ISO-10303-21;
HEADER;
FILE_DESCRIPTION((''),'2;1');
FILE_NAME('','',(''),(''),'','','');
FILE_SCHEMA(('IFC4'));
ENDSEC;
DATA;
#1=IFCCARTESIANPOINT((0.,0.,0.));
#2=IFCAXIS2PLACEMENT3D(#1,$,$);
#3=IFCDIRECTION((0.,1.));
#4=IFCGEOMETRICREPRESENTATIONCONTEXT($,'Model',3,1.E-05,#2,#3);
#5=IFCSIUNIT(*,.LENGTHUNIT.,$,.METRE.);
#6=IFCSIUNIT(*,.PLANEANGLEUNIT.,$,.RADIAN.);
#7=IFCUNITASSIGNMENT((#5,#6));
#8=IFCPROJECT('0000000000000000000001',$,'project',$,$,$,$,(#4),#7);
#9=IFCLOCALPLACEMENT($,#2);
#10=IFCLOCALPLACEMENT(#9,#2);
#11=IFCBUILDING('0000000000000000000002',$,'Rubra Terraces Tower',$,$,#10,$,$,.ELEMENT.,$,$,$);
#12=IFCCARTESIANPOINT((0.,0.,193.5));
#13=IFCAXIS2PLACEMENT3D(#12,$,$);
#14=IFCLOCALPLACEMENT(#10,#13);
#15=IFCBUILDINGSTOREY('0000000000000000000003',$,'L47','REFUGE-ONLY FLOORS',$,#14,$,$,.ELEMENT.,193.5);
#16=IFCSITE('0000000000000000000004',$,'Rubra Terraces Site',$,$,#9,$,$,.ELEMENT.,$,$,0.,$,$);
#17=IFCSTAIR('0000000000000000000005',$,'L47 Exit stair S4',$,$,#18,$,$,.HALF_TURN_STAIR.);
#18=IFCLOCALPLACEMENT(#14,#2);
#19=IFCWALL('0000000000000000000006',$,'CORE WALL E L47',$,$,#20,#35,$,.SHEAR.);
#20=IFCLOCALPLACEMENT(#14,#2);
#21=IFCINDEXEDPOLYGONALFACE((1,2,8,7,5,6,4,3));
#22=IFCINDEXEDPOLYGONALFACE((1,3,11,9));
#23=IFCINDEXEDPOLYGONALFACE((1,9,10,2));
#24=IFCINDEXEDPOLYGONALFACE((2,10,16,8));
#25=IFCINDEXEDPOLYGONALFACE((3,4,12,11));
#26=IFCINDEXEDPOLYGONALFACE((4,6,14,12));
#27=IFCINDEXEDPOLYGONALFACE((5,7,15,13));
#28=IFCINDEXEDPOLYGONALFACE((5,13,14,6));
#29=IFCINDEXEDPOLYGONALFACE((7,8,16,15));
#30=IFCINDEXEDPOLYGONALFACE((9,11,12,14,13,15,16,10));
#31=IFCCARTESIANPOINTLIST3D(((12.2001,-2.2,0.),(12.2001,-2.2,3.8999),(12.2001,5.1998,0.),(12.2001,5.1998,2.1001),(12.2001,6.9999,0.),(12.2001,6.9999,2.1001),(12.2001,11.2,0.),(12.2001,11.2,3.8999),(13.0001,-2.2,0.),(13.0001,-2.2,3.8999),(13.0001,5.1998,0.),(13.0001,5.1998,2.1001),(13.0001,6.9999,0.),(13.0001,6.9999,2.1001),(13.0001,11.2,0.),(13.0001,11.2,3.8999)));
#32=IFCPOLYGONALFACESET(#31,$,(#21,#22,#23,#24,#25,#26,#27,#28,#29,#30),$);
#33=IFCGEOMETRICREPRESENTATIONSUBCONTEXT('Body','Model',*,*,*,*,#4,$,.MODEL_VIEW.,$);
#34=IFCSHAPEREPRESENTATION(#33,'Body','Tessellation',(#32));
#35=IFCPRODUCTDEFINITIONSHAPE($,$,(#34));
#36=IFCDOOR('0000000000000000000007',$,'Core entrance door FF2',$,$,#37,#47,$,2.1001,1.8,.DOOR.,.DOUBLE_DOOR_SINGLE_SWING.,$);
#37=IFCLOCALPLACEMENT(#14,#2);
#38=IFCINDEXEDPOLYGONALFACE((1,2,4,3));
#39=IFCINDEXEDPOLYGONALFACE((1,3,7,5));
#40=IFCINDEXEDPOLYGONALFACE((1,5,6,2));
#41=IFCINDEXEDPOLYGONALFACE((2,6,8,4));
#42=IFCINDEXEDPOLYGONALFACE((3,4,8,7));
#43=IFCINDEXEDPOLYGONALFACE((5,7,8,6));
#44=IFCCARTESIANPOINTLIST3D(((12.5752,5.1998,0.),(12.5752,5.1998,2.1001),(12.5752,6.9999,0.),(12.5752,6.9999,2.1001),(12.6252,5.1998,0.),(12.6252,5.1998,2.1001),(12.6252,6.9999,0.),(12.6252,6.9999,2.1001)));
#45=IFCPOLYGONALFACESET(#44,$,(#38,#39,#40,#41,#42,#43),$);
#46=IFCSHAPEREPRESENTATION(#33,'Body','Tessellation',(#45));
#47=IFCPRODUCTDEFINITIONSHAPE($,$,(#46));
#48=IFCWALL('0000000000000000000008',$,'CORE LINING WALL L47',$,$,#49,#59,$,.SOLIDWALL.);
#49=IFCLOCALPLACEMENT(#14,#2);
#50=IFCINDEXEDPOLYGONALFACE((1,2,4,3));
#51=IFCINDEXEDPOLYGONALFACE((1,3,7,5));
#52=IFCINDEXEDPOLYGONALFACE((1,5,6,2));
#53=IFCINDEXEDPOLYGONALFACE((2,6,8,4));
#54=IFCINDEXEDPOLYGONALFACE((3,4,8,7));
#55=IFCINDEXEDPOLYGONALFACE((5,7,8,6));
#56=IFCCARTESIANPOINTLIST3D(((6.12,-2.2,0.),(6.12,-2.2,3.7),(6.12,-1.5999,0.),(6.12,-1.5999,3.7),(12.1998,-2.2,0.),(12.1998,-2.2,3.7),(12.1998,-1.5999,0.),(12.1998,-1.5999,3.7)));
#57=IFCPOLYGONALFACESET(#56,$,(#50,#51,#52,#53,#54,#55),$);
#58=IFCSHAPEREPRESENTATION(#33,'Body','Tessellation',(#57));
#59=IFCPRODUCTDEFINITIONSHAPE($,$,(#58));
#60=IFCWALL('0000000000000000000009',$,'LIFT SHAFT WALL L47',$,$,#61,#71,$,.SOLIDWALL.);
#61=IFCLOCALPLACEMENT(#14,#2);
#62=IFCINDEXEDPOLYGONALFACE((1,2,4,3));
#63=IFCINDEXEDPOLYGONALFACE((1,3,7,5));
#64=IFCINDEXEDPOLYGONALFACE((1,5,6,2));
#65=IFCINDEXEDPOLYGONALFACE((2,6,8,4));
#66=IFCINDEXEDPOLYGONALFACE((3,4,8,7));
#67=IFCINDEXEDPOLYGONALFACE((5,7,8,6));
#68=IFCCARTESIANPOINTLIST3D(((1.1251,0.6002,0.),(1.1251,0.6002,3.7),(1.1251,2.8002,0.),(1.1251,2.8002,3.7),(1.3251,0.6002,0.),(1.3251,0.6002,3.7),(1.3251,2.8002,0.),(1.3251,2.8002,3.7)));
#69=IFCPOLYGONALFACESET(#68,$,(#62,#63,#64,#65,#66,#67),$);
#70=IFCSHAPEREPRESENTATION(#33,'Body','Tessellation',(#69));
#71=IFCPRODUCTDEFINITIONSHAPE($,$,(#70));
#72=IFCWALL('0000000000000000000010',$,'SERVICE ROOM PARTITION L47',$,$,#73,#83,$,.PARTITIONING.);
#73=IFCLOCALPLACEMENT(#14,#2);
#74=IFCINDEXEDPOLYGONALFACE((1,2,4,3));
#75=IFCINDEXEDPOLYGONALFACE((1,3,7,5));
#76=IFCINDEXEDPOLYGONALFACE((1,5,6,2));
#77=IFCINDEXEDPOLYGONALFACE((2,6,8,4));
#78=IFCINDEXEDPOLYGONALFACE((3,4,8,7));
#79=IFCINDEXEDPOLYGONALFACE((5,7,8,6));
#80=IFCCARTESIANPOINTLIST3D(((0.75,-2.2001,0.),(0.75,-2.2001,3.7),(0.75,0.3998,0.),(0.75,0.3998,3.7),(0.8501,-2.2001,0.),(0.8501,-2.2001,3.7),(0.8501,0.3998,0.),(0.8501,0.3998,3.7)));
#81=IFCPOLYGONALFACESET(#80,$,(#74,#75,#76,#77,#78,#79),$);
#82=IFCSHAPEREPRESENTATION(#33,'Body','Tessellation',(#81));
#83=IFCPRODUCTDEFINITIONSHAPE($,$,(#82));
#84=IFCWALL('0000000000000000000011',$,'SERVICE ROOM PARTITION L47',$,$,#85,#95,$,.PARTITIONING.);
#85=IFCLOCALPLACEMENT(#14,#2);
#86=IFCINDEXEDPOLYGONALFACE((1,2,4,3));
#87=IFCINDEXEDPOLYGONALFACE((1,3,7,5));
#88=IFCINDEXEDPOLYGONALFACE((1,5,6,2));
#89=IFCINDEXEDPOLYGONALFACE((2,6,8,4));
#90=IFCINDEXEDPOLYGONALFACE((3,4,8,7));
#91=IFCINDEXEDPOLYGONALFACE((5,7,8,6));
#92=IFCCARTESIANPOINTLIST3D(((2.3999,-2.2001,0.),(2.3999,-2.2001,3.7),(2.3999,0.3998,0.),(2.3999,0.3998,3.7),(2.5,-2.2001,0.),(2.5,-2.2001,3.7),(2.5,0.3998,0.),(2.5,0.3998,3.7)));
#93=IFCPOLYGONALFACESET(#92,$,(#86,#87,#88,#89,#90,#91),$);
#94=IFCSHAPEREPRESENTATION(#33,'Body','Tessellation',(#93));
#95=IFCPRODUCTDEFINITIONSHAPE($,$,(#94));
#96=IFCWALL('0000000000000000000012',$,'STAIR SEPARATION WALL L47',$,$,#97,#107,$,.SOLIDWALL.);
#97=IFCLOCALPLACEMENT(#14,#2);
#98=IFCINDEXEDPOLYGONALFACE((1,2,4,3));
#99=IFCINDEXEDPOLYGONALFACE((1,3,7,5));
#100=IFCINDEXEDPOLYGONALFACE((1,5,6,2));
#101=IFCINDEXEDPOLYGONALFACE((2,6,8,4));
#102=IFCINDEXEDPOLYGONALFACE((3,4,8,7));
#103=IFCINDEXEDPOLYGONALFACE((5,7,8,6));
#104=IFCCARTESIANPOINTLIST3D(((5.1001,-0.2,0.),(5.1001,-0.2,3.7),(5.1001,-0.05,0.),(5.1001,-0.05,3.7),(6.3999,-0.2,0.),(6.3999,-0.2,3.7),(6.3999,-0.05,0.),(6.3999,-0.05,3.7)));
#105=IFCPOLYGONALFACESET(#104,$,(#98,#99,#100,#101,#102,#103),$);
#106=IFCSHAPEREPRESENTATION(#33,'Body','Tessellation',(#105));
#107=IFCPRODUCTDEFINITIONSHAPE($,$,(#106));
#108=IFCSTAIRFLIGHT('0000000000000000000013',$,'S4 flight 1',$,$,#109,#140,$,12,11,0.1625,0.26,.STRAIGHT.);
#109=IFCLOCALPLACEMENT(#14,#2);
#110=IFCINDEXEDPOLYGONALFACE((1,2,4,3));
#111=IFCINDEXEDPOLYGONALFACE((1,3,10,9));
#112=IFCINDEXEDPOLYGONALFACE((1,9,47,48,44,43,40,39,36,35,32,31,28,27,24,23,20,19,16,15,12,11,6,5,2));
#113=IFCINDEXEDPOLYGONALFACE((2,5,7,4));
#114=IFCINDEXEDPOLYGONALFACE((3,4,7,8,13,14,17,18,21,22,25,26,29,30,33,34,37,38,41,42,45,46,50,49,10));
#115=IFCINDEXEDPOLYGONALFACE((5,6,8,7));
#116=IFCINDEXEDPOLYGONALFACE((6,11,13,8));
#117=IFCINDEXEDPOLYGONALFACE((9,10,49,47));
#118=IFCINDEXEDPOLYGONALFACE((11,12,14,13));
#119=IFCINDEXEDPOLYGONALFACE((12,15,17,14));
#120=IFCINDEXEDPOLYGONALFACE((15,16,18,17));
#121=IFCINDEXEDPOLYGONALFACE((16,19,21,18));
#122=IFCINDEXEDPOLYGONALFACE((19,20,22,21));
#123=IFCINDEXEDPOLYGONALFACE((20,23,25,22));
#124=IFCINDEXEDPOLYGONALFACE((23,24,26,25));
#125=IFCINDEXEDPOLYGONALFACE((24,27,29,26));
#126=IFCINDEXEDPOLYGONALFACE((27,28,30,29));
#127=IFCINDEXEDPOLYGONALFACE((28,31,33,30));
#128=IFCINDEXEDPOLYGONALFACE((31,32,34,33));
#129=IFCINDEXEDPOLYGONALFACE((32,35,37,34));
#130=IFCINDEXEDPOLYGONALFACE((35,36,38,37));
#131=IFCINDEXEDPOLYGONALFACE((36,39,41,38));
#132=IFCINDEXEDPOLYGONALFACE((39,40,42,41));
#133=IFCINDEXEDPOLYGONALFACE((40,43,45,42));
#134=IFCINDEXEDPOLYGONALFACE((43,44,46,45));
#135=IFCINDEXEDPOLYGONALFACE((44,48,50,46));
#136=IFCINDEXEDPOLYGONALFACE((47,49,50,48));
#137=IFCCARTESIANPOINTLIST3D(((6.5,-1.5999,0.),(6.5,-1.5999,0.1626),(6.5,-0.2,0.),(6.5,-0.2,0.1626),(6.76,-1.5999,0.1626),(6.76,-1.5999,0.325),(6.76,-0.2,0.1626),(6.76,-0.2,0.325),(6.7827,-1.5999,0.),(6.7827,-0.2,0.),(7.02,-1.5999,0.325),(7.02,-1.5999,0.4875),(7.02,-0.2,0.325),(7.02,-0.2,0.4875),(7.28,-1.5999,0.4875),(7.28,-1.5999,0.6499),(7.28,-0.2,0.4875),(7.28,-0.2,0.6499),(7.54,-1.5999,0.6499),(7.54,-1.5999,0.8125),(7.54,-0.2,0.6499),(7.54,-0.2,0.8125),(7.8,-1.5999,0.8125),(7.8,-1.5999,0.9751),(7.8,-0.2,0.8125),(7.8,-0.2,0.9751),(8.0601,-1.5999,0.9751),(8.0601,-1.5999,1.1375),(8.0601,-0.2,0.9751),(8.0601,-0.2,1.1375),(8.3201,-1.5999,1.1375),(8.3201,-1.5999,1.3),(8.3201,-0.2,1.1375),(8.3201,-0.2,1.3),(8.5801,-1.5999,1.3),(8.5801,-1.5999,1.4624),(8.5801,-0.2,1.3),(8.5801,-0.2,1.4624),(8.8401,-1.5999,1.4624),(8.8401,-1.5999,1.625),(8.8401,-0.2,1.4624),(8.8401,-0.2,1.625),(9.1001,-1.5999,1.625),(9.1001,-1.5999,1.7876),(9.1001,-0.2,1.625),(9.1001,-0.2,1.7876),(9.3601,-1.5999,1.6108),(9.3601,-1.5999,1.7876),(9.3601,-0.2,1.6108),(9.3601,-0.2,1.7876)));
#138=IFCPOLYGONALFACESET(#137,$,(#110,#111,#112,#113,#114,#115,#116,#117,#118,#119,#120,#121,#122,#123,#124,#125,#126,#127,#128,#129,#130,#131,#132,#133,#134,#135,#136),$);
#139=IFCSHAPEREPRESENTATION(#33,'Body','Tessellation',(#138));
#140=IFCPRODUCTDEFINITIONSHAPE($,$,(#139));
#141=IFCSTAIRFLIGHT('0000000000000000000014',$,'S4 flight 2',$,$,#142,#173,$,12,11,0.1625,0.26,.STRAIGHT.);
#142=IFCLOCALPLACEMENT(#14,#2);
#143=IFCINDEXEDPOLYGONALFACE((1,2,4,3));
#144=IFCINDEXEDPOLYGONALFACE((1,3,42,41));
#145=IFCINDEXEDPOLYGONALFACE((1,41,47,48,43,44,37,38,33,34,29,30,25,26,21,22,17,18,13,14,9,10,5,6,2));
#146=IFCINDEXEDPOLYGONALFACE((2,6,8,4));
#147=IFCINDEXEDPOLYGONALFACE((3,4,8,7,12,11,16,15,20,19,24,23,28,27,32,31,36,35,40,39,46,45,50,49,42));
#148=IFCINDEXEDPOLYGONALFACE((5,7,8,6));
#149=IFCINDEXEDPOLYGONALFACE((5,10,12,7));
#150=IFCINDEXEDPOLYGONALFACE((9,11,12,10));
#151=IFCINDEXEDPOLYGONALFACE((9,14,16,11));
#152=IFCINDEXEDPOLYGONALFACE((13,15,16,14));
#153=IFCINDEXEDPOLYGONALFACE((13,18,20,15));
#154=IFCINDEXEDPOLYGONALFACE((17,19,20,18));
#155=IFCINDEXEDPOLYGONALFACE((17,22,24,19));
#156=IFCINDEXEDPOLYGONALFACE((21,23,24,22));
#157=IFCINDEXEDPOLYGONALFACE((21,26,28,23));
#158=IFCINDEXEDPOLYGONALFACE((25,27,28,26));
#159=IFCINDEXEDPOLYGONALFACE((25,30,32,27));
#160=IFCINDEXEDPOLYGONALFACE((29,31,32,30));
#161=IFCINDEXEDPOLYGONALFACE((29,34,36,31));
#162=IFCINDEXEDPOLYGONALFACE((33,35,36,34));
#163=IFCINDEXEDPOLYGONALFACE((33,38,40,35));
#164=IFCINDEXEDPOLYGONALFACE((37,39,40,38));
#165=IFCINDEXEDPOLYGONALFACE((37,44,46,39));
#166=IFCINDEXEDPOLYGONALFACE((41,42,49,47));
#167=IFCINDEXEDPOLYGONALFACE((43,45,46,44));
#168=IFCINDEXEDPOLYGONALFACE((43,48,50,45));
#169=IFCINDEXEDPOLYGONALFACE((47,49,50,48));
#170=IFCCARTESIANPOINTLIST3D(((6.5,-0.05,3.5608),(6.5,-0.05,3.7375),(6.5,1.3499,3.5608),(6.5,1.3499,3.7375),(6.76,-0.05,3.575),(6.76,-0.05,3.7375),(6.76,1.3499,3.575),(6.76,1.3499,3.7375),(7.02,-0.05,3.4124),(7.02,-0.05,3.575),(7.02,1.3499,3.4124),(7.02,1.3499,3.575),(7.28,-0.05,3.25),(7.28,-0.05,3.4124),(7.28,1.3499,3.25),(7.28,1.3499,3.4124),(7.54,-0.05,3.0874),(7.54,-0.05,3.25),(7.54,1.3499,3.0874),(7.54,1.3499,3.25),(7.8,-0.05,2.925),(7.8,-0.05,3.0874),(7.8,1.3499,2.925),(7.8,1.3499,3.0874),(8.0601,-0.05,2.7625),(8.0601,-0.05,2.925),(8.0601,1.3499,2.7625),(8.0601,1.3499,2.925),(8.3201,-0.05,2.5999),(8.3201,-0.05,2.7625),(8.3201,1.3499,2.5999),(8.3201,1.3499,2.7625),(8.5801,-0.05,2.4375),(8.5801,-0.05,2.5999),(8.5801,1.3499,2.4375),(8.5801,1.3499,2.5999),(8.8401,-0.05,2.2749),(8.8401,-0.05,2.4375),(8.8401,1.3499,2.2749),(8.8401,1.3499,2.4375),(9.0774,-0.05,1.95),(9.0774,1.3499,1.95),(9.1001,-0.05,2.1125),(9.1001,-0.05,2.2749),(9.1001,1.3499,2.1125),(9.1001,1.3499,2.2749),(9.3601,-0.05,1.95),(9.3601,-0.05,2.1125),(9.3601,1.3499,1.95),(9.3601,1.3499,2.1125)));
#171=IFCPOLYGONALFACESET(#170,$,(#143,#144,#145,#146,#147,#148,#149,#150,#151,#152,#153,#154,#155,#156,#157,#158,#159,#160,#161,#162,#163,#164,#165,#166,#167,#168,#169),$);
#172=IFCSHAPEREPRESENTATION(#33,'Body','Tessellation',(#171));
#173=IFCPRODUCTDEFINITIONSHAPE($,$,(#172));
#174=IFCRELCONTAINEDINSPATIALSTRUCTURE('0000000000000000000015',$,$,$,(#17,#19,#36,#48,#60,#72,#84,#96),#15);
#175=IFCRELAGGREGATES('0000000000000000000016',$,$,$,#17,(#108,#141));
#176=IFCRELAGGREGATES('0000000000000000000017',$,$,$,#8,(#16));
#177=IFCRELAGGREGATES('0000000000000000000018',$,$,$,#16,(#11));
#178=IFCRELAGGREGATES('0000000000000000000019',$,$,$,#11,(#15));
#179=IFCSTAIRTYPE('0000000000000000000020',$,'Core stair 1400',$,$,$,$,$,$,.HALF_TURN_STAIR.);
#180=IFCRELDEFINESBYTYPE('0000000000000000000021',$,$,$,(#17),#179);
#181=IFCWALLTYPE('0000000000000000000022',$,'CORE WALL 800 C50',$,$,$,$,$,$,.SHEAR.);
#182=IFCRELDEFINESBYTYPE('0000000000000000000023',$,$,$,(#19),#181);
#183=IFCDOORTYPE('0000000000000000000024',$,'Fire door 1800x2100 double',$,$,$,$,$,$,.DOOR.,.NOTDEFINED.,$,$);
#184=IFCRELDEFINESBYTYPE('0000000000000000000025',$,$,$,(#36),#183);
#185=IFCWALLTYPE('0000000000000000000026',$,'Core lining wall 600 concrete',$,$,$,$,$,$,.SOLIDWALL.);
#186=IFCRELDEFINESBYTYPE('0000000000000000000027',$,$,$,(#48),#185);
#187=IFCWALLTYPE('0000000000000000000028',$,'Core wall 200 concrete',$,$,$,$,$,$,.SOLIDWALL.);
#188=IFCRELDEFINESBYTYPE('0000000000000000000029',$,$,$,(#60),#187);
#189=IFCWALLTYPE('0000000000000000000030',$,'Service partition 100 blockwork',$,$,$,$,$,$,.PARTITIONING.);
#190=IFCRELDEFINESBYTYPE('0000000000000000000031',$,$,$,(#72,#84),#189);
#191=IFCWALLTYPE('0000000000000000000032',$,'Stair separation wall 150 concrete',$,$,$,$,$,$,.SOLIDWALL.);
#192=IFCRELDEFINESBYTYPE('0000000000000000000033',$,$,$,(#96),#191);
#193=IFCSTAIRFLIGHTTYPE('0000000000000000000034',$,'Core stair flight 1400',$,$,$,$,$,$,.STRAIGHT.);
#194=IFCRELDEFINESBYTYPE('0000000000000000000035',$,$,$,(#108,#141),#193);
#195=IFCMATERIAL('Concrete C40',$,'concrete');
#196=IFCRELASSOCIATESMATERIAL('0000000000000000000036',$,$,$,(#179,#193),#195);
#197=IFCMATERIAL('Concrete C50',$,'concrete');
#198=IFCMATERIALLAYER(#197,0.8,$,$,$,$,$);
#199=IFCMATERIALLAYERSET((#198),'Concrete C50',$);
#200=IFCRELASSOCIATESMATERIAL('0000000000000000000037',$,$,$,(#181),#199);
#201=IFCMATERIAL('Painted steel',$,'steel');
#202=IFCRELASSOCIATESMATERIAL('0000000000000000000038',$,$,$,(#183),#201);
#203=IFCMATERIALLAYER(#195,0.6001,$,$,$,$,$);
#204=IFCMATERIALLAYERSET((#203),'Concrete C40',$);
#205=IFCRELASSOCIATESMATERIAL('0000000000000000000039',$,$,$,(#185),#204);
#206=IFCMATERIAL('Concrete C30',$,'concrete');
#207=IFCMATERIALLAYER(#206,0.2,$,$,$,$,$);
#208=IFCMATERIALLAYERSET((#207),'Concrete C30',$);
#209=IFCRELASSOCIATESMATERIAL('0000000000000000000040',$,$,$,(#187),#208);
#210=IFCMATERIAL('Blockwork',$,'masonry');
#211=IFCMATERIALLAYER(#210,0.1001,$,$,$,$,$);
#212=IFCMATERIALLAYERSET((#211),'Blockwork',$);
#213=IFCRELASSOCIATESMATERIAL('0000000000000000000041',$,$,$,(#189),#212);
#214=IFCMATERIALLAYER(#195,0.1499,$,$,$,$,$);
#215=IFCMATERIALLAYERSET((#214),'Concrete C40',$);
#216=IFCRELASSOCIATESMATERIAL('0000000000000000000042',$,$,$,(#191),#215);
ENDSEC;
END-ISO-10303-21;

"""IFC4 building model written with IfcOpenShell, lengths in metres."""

from ifc_helpers import new_model, si_unit, direction, frame, frame_2d, origin, place, context, subcontext, project, spatial, polyline, rectangle, outline, extrude, material, layer, layer_set, type_object, element, fill, aggregate, save


model = new_model("IFC4")

# Units and contexts
model_context = context("Model", 3, precision=1e-05, world=origin(), true_north=direction((0.0, 1.0)))
body_context = subcontext(model_context, "Body", "Model", "MODEL_VIEW")
ifc_project = project(units=[si_unit("LENGTHUNIT", "METRE"), si_unit("PLANEANGLEUNIT", "RADIAN")], contexts=[model_context])

# Site, building, storey
site_placement = place(None, origin())
site = spatial("IfcSite", under=ifc_project, at=site_placement, Name="Rubra Terraces Site", CompositionType="ELEMENT", RefElevation=0.0)
building_placement = place(site_placement, origin())
building = spatial("IfcBuilding", under=site, at=building_placement, Name="Rubra Terraces Tower", CompositionType="ELEMENT")
storey_placement = place(building_placement, frame((0.0, 0.0, 193.5)))
storey = spatial("IfcBuildingStorey", under=building, at=storey_placement, Name="L47", Description="REFUGE-ONLY FLOORS", CompositionType="ELEMENT", Elevation=193.5)

# Shared definitions
ifc_material_1 = material(Name="Concrete C40", Category="concrete")

# Stair
stair_type = type_object("IfcStairType", Name="Core stair 1400", PredefinedType="HALF_TURN_STAIR", material=ifc_material_1)
stair_1_placement = place(storey_placement, origin())
stair_1 = element("IfcStair", 1, at=stair_1_placement, inside=storey, type_object=stair_type, Name="L47 Exit stair S4", PredefinedType="HALF_TURN_STAIR")

# Wall, opening, door
ifc_material_2 = material(Name="Concrete C50", Category="concrete")
ifc_layer_1 = layer(ifc_material_2, 0.8)
ifc_layer_set_1 = layer_set([ifc_layer_1], Name="Concrete C50")
wall_type_1 = type_object("IfcWallType", Name="CORE WALL 800 C50", PredefinedType="SHEAR", material=ifc_layer_set_1)
wall_1_placement = place(storey_placement, frame((12.6001, -2.2, 0.0), z_axis=(0.0, 0.0, 1.0), x_axis=(0.0, 1.0, 0.0)))
wall_1 = element("IfcWall", 2, at=wall_1_placement, inside=storey, type_object=wall_type_1, Name="CORE WALL E L47", PredefinedType="SHEAR", context=body_context, shape_type="SweptSolid", body=[
    extrude(rectangle(XDim=13.3999, YDim=0.8, at=frame_2d((6.7, 0.0))), origin(), (0.0, 0.0, 1.0), 3.8999),
])
opening_placement = place(wall_1_placement, frame((7.3999, 0.0, 0.0)))
opening = element("IfcOpeningElement", 3, at=opening_placement, cuts=wall_1, PredefinedType="OPENING", context=body_context, shape_type="SweptSolid", body=[
    extrude(rectangle(XDim=1.8, YDim=2.1001, at=frame_2d((0.8999, 1.05))), frame((0.0, 0.4099, 0.0), z_axis=(0.0, -1.0, 0.0), x_axis=(1.0, 0.0, 0.0)), (0.0, 0.0, 1.0), 0.8201),
])
ifc_material_3 = material(Name="Painted steel", Category="steel")
door_type = type_object("IfcDoorType", Name="Fire door 1800x2100 double", OperationType="NOTDEFINED", PredefinedType="DOOR", material=ifc_material_3)
door_placement = place(opening_placement, origin())
door = element("IfcDoor", 4, at=door_placement, inside=storey, type_object=door_type, Name="Core entrance door FF2", OperationType="DOUBLE_DOOR_SINGLE_SWING", OverallHeight=2.1001, OverallWidth=1.8, PredefinedType="DOOR", context=body_context, shape_type="SweptSolid", body=[
    extrude(rectangle(XDim=1.8, YDim=2.1001, at=frame_2d((0.8999, 1.05))), frame((0.0, 0.0249, 0.0), z_axis=(0.0, -1.0, 0.0), x_axis=(1.0, 0.0, 0.0)), (0.0, 0.0, 1.0), 0.05),
])
fill(opening, door)

# Walls
ifc_layer_2 = layer(ifc_material_1, 0.6001)
ifc_layer_set_2 = layer_set([ifc_layer_2], Name="Concrete C40")
wall_type_2 = type_object("IfcWallType", Name="Core lining wall 600 concrete", PredefinedType="SOLIDWALL", material=ifc_layer_set_2)
wall_2_placement = place(storey_placement, frame((12.2, -1.8999, 0.0), z_axis=(0.0, 0.0, 1.0), x_axis=(-1.0, 0.0, 0.0)))
element("IfcWall", 5, at=wall_2_placement, inside=storey, type_object=wall_type_2, Name="CORE LINING WALL L47", PredefinedType="SOLIDWALL", context=body_context, shape_type="SweptSolid", body=[
    extrude(rectangle(XDim=6.0798, YDim=0.6001, at=frame_2d((3.04, 0.0))), origin(), (0.0, 0.0, 1.0), 3.7),
])
ifc_material_4 = material(Name="Concrete C30", Category="concrete")
ifc_layer_3 = layer(ifc_material_4, 0.2)
ifc_layer_set_3 = layer_set([ifc_layer_3], Name="Concrete C30")
wall_type_3 = type_object("IfcWallType", Name="Core wall 200 concrete", PredefinedType="SOLIDWALL", material=ifc_layer_set_3)
wall_3_placement = place(storey_placement, frame((1.2251, 0.6001, 0.0), z_axis=(0.0, 0.0, 1.0), x_axis=(0.0, 1.0, 0.0)))
element("IfcWall", 6, at=wall_3_placement, inside=storey, type_object=wall_type_3, Name="LIFT SHAFT WALL L47", PredefinedType="SOLIDWALL", context=body_context, shape_type="SweptSolid", body=[
    extrude(rectangle(XDim=2.2, YDim=0.2, at=frame_2d((1.1001, 0.0))), origin(), (0.0, 0.0, 1.0), 3.7),
])
ifc_material_5 = material(Name="Blockwork", Category="masonry")
ifc_layer_4 = layer(ifc_material_5, 0.1001)
ifc_layer_set_4 = layer_set([ifc_layer_4], Name="Blockwork")
wall_type_4 = type_object("IfcWallType", Name="Service partition 100 blockwork", PredefinedType="PARTITIONING", material=ifc_layer_set_4)
for number, where, z_axis, x_axis, name in (
    (7, (0.8, -2.2, 0.0), (0.0, 0.0, 1.0), (0.0, 1.0, 0.0), "SERVICE ROOM PARTITION L47"),
    (8, (2.45, -2.2, 0.0), (0.0, 0.0, 1.0), (0.0, 1.0, 0.0), "SERVICE ROOM PARTITION L47"),
):
    element("IfcWall", number, at=place(storey_placement, frame(where, z_axis=z_axis, x_axis=x_axis)), inside=storey, type_object=wall_type_4, Name=name, PredefinedType="PARTITIONING", context=body_context, shape_type="SweptSolid", body=[
        extrude(rectangle(XDim=2.5999, YDim=0.1001, at=frame_2d((1.2998, 0.0))), origin(), (0.0, 0.0, 1.0), 3.7),
    ])
ifc_layer_5 = layer(ifc_material_1, 0.1499)
ifc_layer_set_5 = layer_set([ifc_layer_5], Name="Concrete C40")
wall_type_5 = type_object("IfcWallType", Name="Stair separation wall 150 concrete", PredefinedType="SOLIDWALL", material=ifc_layer_set_5)
wall_4_placement = place(storey_placement, frame((6.3999, -0.125, 0.0), z_axis=(0.0, 0.0, 1.0), x_axis=(-1.0, 0.0, 0.0)))
element("IfcWall", 9, at=wall_4_placement, inside=storey, type_object=wall_type_5, Name="STAIR SEPARATION WALL L47", PredefinedType="SOLIDWALL", context=body_context, shape_type="SweptSolid", body=[
    extrude(rectangle(XDim=1.2998, YDim=0.1499, at=frame_2d((0.6499, 0.0))), origin(), (0.0, 0.0, 1.0), 3.7),
])

# Stair flights
stair_flight_type = type_object("IfcStairFlightType", Name="Core stair flight 1400", PredefinedType="STRAIGHT", material=ifc_material_1)
stair_flight_1_placement = place(storey_placement, frame((6.5, -0.8999, 0.0), z_axis=(0.0, 0.0, 1.0), x_axis=(1.0, 0.0, 0.0)))
stair_flight_1 = element("IfcStairFlight", 10, at=stair_flight_1_placement, type_object=stair_flight_type, Name="S4 flight 1", NumberOfRisers=12, NumberOfTreads=11, PredefinedType="STRAIGHT", RiserHeight=0.1625, TreadLength=0.26, context=body_context, shape_type="SweptSolid", body=[
    extrude(outline(polyline([(0.0, 0.0), (0.0, 0.1626), (0.26, 0.1626), (0.26, 0.325), (0.52, 0.325), (0.52, 0.4875), (0.78, 0.4875), (0.78, 0.6499), (1.04, 0.6499), (1.04, 0.8125), (1.3, 0.8125), (1.3, 0.9751), (1.5601, 0.9751), (1.5601, 1.1375), (1.8201, 1.1375), (1.8201, 1.3), (2.0801, 1.3), (2.0801, 1.4624), (2.3401, 1.4624), (2.3401, 1.625), (2.6001, 1.625), (2.6001, 1.7876), (2.8601, 1.7876), (2.8601, 1.95), (2.8601, 1.6108), (0.2827, 0.0), (0.0, 0.0)])), frame((0.0, 0.7, 0.0), z_axis=(0.0, -1.0, 0.0), x_axis=(1.0, 0.0, 0.0)), (0.0, 0.0, 1.0), 1.3999),
])
stair_flight_2_placement = place(storey_placement, frame((9.3601, 0.6499, 1.95), z_axis=(0.0, 0.0, 1.0), x_axis=(-1.0, 0.0, 0.0)))
stair_flight_2 = element("IfcStairFlight", 11, at=stair_flight_2_placement, type_object=stair_flight_type, Name="S4 flight 2", NumberOfRisers=12, NumberOfTreads=11, PredefinedType="STRAIGHT", RiserHeight=0.1625, TreadLength=0.26, context=body_context, shape_type="SweptSolid", body=[
    extrude(outline(polyline([(0.0, 0.0), (0.0, 0.1626), (0.26, 0.1626), (0.26, 0.325), (0.52, 0.325), (0.52, 0.4875), (0.78, 0.4875), (0.78, 0.6499), (1.04, 0.6499), (1.04, 0.8125), (1.3, 0.8125), (1.3, 0.9751), (1.5601, 0.9751), (1.5601, 1.1375), (1.8201, 1.1375), (1.8201, 1.3), (2.0801, 1.3), (2.0801, 1.4624), (2.3401, 1.4624), (2.3401, 1.625), (2.6001, 1.625), (2.6001, 1.7876), (2.8601, 1.7876), (2.8601, 1.95), (2.8601, 1.6108), (0.2827, 0.0), (0.0, 0.0)])), frame((0.0, 0.7, 0.0), z_axis=(0.0, -1.0, 0.0), x_axis=(1.0, 0.0, 0.0)), (0.0, 0.0, 1.0), 1.3999),
])
aggregate(stair_1, [stair_flight_1, stair_flight_2])

save(model, "model.ifc")
